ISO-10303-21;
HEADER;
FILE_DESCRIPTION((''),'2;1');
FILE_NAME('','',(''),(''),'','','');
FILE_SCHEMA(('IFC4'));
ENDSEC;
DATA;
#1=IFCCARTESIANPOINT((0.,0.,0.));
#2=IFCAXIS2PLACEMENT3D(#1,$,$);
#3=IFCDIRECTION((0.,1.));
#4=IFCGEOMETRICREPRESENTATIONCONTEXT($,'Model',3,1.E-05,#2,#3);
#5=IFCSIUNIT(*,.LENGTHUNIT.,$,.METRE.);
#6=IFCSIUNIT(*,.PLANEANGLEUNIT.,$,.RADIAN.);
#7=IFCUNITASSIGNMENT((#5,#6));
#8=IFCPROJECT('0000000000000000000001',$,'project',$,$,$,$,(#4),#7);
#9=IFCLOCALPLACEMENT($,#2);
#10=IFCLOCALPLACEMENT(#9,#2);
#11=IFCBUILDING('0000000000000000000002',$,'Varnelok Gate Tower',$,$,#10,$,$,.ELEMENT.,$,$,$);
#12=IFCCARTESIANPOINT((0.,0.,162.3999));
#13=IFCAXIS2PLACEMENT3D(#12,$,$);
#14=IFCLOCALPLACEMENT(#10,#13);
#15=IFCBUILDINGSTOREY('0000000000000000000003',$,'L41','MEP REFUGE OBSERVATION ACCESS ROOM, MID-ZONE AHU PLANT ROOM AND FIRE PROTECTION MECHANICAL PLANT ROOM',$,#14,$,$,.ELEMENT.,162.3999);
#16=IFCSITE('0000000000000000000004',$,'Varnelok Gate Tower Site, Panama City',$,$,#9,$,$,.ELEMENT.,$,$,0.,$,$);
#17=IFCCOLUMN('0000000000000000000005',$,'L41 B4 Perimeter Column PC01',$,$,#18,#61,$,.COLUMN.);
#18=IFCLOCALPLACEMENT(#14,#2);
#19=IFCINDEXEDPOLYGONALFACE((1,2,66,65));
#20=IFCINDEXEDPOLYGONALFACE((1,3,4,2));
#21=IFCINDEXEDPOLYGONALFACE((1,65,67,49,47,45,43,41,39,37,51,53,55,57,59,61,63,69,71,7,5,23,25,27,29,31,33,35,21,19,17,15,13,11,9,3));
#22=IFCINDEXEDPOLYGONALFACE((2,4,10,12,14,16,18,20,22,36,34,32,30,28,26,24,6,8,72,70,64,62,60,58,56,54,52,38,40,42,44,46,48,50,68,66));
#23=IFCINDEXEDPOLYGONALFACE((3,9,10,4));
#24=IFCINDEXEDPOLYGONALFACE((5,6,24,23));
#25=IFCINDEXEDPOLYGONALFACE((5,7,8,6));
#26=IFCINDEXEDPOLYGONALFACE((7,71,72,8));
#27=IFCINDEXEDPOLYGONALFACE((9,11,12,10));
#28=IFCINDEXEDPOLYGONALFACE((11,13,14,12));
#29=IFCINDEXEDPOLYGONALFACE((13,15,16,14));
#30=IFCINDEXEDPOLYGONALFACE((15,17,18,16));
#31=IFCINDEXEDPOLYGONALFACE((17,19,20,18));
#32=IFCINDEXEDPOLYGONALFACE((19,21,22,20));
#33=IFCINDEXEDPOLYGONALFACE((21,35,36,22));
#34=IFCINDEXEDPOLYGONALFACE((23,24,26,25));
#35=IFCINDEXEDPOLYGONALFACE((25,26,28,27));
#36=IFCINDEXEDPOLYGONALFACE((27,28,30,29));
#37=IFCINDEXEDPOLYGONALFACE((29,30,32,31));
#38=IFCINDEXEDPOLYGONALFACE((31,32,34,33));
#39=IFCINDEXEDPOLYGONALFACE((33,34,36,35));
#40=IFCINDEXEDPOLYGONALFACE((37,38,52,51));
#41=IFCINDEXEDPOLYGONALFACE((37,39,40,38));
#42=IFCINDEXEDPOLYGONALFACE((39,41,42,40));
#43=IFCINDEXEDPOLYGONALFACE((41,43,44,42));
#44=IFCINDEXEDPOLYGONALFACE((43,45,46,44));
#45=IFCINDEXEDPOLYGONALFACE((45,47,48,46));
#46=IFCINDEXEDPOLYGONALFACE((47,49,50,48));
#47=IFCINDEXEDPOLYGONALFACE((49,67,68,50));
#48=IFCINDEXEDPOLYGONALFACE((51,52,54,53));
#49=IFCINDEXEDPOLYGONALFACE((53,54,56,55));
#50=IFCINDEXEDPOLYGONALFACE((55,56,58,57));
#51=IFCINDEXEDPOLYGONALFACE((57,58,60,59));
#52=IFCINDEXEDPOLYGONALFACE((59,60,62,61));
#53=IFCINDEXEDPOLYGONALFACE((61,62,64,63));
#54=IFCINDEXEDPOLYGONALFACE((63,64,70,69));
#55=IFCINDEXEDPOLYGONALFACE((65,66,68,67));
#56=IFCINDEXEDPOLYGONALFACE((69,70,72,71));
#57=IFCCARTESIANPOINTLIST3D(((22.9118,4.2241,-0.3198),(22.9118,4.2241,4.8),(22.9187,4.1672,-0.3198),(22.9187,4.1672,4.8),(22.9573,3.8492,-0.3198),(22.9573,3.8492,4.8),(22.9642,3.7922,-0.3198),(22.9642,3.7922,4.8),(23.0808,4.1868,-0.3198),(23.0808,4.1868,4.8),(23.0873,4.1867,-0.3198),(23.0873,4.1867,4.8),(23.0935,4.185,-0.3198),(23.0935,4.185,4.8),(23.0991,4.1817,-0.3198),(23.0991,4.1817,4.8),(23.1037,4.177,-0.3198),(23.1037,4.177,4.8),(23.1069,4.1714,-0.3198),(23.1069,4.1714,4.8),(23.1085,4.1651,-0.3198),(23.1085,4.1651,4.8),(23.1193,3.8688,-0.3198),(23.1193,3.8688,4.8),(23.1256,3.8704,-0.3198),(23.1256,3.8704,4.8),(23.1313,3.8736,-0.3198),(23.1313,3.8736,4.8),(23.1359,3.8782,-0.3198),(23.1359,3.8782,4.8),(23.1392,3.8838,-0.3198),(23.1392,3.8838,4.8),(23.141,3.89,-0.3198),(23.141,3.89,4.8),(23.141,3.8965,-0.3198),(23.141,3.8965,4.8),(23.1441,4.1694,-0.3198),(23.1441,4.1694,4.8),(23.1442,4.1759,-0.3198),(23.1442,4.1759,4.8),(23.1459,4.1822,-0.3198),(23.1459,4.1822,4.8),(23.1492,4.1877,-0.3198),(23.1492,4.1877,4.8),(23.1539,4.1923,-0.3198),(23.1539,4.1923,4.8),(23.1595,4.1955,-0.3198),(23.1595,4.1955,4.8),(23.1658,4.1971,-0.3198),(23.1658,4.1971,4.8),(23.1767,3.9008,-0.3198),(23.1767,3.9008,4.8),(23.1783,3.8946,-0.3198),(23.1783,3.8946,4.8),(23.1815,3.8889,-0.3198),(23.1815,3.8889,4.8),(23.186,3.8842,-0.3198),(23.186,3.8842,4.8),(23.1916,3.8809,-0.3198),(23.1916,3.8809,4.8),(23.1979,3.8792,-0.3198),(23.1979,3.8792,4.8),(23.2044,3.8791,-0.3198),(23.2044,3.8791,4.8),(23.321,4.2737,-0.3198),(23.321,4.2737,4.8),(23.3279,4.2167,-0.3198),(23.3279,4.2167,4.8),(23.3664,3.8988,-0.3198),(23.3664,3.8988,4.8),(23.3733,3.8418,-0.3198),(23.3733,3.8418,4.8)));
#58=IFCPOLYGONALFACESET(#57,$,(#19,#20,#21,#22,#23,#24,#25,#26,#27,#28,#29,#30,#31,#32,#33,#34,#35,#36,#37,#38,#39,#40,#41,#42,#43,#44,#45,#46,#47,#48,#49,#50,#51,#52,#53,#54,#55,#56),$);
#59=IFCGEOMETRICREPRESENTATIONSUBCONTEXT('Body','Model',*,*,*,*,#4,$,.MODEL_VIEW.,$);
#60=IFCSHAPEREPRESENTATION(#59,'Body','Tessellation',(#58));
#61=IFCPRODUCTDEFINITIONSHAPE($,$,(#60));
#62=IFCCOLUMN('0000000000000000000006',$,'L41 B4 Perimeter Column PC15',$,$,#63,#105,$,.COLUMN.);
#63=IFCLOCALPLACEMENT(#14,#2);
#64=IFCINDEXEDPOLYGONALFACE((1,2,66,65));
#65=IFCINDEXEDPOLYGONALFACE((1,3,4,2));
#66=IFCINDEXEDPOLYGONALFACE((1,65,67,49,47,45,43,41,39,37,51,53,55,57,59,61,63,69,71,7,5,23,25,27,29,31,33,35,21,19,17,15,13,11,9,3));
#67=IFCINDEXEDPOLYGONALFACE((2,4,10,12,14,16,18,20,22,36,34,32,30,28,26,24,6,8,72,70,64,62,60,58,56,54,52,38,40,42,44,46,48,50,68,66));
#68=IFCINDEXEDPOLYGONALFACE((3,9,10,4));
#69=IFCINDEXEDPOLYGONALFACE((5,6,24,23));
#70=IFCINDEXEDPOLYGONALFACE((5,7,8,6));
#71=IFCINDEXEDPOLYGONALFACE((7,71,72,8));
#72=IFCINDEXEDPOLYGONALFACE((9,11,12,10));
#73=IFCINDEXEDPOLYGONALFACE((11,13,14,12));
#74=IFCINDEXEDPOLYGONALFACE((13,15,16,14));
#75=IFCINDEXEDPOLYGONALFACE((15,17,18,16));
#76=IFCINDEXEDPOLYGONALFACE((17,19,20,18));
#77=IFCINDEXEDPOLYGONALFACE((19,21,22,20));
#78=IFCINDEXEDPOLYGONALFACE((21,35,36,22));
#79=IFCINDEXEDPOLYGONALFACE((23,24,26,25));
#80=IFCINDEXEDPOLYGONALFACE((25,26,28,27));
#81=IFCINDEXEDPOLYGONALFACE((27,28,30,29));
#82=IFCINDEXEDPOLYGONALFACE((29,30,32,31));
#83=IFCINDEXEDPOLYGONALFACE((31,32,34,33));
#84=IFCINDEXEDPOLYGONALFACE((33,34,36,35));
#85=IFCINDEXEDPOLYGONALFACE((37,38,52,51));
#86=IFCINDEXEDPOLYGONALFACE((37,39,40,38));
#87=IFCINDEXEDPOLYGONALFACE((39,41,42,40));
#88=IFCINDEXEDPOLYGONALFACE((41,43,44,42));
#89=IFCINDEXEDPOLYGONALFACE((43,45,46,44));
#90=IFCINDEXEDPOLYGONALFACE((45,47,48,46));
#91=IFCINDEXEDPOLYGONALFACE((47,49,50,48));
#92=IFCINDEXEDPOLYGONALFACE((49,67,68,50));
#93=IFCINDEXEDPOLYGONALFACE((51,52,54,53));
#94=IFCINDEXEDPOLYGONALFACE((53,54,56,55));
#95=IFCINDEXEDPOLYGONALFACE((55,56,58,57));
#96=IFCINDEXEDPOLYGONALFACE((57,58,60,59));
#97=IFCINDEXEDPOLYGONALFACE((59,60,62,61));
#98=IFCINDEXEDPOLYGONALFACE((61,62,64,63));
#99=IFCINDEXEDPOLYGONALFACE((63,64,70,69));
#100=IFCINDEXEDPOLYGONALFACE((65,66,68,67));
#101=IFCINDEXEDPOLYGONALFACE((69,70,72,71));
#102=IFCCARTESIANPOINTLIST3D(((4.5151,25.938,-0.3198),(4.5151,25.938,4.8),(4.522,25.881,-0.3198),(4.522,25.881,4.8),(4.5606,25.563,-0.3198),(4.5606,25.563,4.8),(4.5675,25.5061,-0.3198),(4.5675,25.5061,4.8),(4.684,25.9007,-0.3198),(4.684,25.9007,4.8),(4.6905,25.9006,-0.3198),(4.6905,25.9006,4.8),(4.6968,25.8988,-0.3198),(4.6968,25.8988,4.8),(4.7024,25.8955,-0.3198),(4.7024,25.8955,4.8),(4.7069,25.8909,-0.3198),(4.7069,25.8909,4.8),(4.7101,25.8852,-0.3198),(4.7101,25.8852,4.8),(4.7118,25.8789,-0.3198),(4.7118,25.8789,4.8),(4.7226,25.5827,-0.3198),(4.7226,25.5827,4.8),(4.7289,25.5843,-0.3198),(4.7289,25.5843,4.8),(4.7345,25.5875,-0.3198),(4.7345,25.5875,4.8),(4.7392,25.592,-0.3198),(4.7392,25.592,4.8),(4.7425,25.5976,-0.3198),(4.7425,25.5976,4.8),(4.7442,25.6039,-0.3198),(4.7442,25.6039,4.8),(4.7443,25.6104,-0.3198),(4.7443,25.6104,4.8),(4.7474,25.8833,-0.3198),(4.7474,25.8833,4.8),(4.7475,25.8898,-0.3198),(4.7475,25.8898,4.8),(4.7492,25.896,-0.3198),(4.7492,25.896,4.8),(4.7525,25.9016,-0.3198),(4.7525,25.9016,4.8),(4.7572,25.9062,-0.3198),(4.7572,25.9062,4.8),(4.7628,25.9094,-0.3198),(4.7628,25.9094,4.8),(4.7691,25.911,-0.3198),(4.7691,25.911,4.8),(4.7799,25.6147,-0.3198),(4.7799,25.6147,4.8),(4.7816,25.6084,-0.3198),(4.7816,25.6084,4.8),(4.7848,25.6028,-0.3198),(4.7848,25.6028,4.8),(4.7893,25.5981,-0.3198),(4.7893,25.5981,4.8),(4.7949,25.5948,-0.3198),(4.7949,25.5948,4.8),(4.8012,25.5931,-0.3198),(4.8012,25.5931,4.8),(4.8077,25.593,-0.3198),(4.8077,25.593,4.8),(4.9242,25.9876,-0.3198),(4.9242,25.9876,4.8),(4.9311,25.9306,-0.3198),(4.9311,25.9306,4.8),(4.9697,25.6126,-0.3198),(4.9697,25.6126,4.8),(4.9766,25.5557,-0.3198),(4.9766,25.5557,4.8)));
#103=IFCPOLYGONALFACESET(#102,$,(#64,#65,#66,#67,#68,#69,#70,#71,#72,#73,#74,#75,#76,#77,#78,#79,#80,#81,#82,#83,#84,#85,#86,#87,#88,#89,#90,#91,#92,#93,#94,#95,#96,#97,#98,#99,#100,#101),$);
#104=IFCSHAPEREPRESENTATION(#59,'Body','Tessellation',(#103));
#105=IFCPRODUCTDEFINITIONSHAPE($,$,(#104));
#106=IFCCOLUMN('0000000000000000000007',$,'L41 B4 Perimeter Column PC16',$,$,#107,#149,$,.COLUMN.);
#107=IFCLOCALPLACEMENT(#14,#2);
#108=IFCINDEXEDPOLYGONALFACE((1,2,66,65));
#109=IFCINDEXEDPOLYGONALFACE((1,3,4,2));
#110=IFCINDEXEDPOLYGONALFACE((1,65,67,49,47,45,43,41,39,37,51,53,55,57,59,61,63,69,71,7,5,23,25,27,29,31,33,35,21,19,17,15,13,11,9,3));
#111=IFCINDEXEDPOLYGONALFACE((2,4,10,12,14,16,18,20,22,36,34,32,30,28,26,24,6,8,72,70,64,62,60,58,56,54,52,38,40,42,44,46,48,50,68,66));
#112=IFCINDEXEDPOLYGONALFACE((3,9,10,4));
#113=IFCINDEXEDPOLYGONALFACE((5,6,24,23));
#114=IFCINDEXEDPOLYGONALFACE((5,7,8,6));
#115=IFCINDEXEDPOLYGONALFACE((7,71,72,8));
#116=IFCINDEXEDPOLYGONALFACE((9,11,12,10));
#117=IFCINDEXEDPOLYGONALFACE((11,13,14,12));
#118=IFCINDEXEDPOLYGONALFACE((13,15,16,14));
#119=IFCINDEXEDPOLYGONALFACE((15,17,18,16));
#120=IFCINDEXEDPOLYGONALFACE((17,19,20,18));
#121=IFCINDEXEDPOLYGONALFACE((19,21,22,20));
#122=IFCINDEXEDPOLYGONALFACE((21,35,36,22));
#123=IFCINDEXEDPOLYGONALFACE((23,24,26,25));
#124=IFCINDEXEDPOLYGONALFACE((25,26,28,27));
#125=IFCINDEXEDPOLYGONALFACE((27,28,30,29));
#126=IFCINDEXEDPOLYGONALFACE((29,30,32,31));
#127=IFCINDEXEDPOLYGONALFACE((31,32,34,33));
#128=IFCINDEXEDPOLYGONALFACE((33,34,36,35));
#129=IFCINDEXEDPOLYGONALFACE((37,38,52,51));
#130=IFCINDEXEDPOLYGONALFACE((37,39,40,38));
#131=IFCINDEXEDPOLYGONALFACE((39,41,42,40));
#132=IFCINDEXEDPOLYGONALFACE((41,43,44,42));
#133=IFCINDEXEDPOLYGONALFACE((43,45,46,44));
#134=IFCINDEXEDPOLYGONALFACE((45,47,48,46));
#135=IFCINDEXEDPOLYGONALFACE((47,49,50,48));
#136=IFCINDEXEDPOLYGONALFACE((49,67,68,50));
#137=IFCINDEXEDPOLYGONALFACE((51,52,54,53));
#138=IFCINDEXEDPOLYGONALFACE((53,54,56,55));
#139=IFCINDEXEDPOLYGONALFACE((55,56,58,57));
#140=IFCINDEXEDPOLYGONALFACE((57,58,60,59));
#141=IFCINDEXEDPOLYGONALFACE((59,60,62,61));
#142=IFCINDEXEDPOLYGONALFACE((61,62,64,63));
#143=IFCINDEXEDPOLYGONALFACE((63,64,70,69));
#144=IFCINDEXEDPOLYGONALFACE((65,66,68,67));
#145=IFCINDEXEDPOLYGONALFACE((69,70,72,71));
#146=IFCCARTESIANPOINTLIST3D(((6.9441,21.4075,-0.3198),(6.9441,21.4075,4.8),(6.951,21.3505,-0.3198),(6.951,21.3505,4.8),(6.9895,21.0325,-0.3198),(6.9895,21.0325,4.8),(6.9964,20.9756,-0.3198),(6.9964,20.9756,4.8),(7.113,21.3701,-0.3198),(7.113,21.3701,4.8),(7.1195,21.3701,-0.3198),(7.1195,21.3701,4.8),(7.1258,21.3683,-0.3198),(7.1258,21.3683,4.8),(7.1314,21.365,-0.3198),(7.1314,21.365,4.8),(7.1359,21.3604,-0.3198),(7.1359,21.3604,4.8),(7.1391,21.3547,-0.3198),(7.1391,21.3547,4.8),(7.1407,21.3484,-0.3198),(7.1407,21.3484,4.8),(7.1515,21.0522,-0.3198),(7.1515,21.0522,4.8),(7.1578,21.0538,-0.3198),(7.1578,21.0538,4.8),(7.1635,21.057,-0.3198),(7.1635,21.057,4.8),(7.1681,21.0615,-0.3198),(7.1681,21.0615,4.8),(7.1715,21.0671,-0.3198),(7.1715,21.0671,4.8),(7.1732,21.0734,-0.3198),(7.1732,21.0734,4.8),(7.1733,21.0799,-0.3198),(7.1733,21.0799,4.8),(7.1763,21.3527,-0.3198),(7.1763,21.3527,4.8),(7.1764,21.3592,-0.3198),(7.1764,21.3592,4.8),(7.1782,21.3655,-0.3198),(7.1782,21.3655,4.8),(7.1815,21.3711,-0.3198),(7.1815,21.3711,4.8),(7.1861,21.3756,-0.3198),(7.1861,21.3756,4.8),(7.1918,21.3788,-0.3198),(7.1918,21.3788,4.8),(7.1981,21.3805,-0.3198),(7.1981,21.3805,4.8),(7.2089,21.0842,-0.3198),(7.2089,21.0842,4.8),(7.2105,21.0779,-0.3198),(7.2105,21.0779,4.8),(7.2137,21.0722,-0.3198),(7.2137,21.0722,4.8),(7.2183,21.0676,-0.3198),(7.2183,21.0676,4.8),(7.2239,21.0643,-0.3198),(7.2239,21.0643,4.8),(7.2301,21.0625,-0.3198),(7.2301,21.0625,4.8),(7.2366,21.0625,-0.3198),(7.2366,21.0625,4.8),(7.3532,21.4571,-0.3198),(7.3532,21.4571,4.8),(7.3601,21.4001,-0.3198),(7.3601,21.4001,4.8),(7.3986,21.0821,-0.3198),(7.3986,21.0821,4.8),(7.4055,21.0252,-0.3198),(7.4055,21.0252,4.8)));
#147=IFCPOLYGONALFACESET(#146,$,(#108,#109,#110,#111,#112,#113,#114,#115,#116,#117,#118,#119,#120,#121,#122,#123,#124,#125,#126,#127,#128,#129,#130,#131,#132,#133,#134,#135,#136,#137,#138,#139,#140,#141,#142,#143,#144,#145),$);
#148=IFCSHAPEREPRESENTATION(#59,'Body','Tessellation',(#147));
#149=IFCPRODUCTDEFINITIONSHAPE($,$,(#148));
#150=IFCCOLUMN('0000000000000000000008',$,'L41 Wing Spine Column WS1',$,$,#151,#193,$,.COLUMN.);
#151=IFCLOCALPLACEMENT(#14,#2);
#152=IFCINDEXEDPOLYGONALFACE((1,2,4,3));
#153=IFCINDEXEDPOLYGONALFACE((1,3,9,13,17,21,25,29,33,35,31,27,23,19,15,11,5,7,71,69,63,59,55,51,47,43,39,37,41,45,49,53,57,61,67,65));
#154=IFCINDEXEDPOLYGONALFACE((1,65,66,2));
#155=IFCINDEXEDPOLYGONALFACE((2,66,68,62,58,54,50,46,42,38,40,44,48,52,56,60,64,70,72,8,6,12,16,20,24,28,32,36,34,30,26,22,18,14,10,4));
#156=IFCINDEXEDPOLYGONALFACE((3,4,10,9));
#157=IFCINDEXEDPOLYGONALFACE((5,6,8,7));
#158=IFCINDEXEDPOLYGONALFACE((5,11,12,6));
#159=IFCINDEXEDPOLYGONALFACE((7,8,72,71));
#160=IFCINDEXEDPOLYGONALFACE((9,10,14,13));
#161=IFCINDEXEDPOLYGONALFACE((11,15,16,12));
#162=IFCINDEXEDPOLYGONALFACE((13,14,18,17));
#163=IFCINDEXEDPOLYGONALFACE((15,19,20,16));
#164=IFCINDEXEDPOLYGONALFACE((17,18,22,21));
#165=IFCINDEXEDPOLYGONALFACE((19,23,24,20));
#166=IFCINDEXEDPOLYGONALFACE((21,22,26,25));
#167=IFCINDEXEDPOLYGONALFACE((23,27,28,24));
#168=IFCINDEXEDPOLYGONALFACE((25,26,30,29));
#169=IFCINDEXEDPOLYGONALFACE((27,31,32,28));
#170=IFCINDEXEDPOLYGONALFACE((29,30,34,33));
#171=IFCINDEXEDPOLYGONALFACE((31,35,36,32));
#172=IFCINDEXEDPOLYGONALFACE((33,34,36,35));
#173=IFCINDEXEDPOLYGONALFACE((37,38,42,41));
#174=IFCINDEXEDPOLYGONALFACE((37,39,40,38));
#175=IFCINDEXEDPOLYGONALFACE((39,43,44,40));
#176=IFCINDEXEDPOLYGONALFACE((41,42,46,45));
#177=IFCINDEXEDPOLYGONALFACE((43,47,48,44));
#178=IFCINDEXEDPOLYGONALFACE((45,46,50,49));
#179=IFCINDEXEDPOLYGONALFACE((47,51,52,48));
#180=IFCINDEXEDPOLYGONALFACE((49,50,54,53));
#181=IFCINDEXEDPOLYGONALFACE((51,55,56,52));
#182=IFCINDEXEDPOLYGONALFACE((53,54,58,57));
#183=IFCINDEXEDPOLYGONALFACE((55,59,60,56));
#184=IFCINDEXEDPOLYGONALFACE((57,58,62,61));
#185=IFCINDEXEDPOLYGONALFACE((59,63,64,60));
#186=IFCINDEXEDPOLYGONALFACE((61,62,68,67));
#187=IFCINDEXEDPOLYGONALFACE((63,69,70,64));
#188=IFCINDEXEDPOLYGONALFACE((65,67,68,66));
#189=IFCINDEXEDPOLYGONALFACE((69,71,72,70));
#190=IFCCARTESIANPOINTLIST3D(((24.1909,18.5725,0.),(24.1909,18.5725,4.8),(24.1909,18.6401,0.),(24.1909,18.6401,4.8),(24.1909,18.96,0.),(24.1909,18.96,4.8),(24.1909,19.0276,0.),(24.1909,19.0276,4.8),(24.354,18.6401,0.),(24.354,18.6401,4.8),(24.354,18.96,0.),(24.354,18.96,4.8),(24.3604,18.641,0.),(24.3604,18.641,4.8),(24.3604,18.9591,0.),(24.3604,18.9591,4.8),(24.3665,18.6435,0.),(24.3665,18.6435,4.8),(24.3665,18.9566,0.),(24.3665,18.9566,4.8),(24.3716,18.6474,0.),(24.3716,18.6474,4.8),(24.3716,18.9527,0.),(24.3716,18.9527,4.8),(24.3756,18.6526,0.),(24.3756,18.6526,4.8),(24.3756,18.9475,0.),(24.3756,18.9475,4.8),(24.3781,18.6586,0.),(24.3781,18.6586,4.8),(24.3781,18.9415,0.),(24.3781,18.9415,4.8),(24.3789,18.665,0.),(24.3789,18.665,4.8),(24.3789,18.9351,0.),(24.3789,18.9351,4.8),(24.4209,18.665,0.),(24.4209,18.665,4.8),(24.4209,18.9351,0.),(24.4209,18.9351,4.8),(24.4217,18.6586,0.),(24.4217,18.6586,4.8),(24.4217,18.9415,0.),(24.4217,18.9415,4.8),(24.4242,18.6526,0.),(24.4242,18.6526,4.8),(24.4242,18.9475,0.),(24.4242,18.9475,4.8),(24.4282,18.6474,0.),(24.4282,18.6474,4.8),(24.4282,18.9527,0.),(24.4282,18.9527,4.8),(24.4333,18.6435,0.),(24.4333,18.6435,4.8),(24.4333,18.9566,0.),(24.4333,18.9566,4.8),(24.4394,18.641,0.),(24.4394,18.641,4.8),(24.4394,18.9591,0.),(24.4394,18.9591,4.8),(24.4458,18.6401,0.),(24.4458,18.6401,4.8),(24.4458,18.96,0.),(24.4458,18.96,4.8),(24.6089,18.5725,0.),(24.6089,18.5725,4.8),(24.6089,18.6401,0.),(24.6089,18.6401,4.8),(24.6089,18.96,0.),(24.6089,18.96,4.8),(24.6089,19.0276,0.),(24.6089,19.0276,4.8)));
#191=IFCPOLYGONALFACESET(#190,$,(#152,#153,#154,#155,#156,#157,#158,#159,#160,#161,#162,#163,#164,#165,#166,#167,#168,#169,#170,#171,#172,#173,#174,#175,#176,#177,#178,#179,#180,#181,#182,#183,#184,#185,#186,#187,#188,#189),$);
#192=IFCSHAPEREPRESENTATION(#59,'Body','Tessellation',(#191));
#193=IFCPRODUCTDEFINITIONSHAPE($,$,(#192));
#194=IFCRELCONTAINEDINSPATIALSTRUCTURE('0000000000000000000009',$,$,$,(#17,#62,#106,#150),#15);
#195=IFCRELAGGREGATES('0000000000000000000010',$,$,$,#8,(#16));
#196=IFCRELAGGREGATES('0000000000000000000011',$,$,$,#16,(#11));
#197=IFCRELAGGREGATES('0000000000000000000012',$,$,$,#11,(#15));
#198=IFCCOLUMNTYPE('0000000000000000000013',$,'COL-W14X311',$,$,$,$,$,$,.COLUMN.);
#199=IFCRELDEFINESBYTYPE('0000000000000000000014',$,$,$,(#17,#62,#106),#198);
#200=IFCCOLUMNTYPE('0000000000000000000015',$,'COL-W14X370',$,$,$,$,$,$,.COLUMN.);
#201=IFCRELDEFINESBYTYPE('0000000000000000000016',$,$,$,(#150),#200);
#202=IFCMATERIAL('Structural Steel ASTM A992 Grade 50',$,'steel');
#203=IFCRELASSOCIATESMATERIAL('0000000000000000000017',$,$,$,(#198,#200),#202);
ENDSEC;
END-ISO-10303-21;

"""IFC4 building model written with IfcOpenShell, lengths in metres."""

from ifc_helpers import new_model, si_unit, direction, frame, origin, origin_2d, place, context, subcontext, project, spatial, i_section, extrude, material, material_profile, profile_set, type_object, element, save


model = new_model("IFC4")

# Units and contexts
model_context = context("Model", 3, precision=1e-05, world=origin(), true_north=direction((0.0, 1.0)))
body_context = subcontext(model_context, "Body", "Model", "MODEL_VIEW")
ifc_project = project(units=[si_unit("LENGTHUNIT", "METRE"), si_unit("PLANEANGLEUNIT", "RADIAN")], contexts=[model_context])

# Site, building, storey
site_placement = place(None, origin())
site = spatial("IfcSite", under=ifc_project, at=site_placement, Name="Varnelok Gate Tower Site, Panama City", CompositionType="ELEMENT", RefElevation=0.0)
building_placement = place(site_placement, origin())
building = spatial("IfcBuilding", under=site, at=building_placement, Name="Varnelok Gate Tower", CompositionType="ELEMENT")
storey_placement = place(building_placement, frame((0.0, 0.0, 162.3999)))
storey = spatial("IfcBuildingStorey", under=building, at=storey_placement, Name="L41", Description="MEP REFUGE OBSERVATION ACCESS ROOM, MID-ZONE AHU PLANT ROOM AND FIRE PROTECTION MECHANICAL PLANT ROOM", CompositionType="ELEMENT", Elevation=162.3999)

# Columns
ifc_material_1 = material(Name="Structural Steel ASTM A992 Grade 50", Category="steel")
ifc_material_profile_1 = material_profile(ifc_material_1, i_section(OverallWidth=0.4121, OverallDepth=0.4351, WebThickness=0.0359, FlangeThickness=0.0574, FilletRadius=0.0249, at=origin_2d()), Name="W14X311")
ifc_profile_set_1 = profile_set([ifc_material_profile_1], Name="Structural Steel ASTM A992 Grade 50")
column_type_1 = type_object("IfcColumnType", Name="COL-W14X311", PredefinedType="COLUMN", material=ifc_profile_set_1)
for number, where, z_axis, x_axis, name in (
    (1, (23.1426, 4.033, -0.3198), (0.0, 0.0, 1.0), (0.992732, 0.120345, 0.0), "L41 B4 Perimeter Column PC01"),
    (2, (4.7458, 25.7468, -0.3198), (0.0, 0.0, 1.0), (0.992732, 0.120345, 0.0), "L41 B4 Perimeter Column PC15"),
    (3, (7.1748, 21.2163, -0.3198), (0.0, 0.0, 1.0), (0.992732, 0.120345, 0.0), "L41 B4 Perimeter Column PC16"),
):
    element("IfcColumn", number, at=place(storey_placement, frame(where, z_axis=z_axis, x_axis=x_axis)), inside=storey, type_object=column_type_1, Name=name, PredefinedType="COLUMN", context=body_context, shape_type="SweptSolid", body=[
        extrude(i_section(OverallWidth=0.4121, OverallDepth=0.4351, WebThickness=0.0359, FlangeThickness=0.0574, FilletRadius=0.0249, at=origin_2d()), origin(), (0.0, 0.0, 1.0), 5.1199),
    ])
ifc_material_profile_2 = material_profile(ifc_material_1, i_section(OverallWidth=0.418, OverallDepth=0.4551, WebThickness=0.042, FlangeThickness=0.0676, FilletRadius=0.0249, at=origin_2d()), Name="W14X370")
ifc_profile_set_2 = profile_set([ifc_material_profile_2], Name="Structural Steel ASTM A992 Grade 50")
column_type_2 = type_object("IfcColumnType", Name="COL-W14X370", PredefinedType="COLUMN", material=ifc_profile_set_2)
column_placement = place(storey_placement, frame((24.3999, 18.8, 0.0), z_axis=(0.0, 0.0, 1.0), x_axis=(1.0, 0.0, 0.0)))
element("IfcColumn", 4, at=column_placement, inside=storey, type_object=column_type_2, Name="L41 Wing Spine Column WS1", PredefinedType="COLUMN", context=body_context, shape_type="SweptSolid", body=[
    extrude(i_section(OverallWidth=0.418, OverallDepth=0.4551, WebThickness=0.042, FlangeThickness=0.0676, FilletRadius=0.0249, at=origin_2d()), origin(), (0.0, 0.0, 1.0), 4.8),
])

save(model, "model.ifc")
